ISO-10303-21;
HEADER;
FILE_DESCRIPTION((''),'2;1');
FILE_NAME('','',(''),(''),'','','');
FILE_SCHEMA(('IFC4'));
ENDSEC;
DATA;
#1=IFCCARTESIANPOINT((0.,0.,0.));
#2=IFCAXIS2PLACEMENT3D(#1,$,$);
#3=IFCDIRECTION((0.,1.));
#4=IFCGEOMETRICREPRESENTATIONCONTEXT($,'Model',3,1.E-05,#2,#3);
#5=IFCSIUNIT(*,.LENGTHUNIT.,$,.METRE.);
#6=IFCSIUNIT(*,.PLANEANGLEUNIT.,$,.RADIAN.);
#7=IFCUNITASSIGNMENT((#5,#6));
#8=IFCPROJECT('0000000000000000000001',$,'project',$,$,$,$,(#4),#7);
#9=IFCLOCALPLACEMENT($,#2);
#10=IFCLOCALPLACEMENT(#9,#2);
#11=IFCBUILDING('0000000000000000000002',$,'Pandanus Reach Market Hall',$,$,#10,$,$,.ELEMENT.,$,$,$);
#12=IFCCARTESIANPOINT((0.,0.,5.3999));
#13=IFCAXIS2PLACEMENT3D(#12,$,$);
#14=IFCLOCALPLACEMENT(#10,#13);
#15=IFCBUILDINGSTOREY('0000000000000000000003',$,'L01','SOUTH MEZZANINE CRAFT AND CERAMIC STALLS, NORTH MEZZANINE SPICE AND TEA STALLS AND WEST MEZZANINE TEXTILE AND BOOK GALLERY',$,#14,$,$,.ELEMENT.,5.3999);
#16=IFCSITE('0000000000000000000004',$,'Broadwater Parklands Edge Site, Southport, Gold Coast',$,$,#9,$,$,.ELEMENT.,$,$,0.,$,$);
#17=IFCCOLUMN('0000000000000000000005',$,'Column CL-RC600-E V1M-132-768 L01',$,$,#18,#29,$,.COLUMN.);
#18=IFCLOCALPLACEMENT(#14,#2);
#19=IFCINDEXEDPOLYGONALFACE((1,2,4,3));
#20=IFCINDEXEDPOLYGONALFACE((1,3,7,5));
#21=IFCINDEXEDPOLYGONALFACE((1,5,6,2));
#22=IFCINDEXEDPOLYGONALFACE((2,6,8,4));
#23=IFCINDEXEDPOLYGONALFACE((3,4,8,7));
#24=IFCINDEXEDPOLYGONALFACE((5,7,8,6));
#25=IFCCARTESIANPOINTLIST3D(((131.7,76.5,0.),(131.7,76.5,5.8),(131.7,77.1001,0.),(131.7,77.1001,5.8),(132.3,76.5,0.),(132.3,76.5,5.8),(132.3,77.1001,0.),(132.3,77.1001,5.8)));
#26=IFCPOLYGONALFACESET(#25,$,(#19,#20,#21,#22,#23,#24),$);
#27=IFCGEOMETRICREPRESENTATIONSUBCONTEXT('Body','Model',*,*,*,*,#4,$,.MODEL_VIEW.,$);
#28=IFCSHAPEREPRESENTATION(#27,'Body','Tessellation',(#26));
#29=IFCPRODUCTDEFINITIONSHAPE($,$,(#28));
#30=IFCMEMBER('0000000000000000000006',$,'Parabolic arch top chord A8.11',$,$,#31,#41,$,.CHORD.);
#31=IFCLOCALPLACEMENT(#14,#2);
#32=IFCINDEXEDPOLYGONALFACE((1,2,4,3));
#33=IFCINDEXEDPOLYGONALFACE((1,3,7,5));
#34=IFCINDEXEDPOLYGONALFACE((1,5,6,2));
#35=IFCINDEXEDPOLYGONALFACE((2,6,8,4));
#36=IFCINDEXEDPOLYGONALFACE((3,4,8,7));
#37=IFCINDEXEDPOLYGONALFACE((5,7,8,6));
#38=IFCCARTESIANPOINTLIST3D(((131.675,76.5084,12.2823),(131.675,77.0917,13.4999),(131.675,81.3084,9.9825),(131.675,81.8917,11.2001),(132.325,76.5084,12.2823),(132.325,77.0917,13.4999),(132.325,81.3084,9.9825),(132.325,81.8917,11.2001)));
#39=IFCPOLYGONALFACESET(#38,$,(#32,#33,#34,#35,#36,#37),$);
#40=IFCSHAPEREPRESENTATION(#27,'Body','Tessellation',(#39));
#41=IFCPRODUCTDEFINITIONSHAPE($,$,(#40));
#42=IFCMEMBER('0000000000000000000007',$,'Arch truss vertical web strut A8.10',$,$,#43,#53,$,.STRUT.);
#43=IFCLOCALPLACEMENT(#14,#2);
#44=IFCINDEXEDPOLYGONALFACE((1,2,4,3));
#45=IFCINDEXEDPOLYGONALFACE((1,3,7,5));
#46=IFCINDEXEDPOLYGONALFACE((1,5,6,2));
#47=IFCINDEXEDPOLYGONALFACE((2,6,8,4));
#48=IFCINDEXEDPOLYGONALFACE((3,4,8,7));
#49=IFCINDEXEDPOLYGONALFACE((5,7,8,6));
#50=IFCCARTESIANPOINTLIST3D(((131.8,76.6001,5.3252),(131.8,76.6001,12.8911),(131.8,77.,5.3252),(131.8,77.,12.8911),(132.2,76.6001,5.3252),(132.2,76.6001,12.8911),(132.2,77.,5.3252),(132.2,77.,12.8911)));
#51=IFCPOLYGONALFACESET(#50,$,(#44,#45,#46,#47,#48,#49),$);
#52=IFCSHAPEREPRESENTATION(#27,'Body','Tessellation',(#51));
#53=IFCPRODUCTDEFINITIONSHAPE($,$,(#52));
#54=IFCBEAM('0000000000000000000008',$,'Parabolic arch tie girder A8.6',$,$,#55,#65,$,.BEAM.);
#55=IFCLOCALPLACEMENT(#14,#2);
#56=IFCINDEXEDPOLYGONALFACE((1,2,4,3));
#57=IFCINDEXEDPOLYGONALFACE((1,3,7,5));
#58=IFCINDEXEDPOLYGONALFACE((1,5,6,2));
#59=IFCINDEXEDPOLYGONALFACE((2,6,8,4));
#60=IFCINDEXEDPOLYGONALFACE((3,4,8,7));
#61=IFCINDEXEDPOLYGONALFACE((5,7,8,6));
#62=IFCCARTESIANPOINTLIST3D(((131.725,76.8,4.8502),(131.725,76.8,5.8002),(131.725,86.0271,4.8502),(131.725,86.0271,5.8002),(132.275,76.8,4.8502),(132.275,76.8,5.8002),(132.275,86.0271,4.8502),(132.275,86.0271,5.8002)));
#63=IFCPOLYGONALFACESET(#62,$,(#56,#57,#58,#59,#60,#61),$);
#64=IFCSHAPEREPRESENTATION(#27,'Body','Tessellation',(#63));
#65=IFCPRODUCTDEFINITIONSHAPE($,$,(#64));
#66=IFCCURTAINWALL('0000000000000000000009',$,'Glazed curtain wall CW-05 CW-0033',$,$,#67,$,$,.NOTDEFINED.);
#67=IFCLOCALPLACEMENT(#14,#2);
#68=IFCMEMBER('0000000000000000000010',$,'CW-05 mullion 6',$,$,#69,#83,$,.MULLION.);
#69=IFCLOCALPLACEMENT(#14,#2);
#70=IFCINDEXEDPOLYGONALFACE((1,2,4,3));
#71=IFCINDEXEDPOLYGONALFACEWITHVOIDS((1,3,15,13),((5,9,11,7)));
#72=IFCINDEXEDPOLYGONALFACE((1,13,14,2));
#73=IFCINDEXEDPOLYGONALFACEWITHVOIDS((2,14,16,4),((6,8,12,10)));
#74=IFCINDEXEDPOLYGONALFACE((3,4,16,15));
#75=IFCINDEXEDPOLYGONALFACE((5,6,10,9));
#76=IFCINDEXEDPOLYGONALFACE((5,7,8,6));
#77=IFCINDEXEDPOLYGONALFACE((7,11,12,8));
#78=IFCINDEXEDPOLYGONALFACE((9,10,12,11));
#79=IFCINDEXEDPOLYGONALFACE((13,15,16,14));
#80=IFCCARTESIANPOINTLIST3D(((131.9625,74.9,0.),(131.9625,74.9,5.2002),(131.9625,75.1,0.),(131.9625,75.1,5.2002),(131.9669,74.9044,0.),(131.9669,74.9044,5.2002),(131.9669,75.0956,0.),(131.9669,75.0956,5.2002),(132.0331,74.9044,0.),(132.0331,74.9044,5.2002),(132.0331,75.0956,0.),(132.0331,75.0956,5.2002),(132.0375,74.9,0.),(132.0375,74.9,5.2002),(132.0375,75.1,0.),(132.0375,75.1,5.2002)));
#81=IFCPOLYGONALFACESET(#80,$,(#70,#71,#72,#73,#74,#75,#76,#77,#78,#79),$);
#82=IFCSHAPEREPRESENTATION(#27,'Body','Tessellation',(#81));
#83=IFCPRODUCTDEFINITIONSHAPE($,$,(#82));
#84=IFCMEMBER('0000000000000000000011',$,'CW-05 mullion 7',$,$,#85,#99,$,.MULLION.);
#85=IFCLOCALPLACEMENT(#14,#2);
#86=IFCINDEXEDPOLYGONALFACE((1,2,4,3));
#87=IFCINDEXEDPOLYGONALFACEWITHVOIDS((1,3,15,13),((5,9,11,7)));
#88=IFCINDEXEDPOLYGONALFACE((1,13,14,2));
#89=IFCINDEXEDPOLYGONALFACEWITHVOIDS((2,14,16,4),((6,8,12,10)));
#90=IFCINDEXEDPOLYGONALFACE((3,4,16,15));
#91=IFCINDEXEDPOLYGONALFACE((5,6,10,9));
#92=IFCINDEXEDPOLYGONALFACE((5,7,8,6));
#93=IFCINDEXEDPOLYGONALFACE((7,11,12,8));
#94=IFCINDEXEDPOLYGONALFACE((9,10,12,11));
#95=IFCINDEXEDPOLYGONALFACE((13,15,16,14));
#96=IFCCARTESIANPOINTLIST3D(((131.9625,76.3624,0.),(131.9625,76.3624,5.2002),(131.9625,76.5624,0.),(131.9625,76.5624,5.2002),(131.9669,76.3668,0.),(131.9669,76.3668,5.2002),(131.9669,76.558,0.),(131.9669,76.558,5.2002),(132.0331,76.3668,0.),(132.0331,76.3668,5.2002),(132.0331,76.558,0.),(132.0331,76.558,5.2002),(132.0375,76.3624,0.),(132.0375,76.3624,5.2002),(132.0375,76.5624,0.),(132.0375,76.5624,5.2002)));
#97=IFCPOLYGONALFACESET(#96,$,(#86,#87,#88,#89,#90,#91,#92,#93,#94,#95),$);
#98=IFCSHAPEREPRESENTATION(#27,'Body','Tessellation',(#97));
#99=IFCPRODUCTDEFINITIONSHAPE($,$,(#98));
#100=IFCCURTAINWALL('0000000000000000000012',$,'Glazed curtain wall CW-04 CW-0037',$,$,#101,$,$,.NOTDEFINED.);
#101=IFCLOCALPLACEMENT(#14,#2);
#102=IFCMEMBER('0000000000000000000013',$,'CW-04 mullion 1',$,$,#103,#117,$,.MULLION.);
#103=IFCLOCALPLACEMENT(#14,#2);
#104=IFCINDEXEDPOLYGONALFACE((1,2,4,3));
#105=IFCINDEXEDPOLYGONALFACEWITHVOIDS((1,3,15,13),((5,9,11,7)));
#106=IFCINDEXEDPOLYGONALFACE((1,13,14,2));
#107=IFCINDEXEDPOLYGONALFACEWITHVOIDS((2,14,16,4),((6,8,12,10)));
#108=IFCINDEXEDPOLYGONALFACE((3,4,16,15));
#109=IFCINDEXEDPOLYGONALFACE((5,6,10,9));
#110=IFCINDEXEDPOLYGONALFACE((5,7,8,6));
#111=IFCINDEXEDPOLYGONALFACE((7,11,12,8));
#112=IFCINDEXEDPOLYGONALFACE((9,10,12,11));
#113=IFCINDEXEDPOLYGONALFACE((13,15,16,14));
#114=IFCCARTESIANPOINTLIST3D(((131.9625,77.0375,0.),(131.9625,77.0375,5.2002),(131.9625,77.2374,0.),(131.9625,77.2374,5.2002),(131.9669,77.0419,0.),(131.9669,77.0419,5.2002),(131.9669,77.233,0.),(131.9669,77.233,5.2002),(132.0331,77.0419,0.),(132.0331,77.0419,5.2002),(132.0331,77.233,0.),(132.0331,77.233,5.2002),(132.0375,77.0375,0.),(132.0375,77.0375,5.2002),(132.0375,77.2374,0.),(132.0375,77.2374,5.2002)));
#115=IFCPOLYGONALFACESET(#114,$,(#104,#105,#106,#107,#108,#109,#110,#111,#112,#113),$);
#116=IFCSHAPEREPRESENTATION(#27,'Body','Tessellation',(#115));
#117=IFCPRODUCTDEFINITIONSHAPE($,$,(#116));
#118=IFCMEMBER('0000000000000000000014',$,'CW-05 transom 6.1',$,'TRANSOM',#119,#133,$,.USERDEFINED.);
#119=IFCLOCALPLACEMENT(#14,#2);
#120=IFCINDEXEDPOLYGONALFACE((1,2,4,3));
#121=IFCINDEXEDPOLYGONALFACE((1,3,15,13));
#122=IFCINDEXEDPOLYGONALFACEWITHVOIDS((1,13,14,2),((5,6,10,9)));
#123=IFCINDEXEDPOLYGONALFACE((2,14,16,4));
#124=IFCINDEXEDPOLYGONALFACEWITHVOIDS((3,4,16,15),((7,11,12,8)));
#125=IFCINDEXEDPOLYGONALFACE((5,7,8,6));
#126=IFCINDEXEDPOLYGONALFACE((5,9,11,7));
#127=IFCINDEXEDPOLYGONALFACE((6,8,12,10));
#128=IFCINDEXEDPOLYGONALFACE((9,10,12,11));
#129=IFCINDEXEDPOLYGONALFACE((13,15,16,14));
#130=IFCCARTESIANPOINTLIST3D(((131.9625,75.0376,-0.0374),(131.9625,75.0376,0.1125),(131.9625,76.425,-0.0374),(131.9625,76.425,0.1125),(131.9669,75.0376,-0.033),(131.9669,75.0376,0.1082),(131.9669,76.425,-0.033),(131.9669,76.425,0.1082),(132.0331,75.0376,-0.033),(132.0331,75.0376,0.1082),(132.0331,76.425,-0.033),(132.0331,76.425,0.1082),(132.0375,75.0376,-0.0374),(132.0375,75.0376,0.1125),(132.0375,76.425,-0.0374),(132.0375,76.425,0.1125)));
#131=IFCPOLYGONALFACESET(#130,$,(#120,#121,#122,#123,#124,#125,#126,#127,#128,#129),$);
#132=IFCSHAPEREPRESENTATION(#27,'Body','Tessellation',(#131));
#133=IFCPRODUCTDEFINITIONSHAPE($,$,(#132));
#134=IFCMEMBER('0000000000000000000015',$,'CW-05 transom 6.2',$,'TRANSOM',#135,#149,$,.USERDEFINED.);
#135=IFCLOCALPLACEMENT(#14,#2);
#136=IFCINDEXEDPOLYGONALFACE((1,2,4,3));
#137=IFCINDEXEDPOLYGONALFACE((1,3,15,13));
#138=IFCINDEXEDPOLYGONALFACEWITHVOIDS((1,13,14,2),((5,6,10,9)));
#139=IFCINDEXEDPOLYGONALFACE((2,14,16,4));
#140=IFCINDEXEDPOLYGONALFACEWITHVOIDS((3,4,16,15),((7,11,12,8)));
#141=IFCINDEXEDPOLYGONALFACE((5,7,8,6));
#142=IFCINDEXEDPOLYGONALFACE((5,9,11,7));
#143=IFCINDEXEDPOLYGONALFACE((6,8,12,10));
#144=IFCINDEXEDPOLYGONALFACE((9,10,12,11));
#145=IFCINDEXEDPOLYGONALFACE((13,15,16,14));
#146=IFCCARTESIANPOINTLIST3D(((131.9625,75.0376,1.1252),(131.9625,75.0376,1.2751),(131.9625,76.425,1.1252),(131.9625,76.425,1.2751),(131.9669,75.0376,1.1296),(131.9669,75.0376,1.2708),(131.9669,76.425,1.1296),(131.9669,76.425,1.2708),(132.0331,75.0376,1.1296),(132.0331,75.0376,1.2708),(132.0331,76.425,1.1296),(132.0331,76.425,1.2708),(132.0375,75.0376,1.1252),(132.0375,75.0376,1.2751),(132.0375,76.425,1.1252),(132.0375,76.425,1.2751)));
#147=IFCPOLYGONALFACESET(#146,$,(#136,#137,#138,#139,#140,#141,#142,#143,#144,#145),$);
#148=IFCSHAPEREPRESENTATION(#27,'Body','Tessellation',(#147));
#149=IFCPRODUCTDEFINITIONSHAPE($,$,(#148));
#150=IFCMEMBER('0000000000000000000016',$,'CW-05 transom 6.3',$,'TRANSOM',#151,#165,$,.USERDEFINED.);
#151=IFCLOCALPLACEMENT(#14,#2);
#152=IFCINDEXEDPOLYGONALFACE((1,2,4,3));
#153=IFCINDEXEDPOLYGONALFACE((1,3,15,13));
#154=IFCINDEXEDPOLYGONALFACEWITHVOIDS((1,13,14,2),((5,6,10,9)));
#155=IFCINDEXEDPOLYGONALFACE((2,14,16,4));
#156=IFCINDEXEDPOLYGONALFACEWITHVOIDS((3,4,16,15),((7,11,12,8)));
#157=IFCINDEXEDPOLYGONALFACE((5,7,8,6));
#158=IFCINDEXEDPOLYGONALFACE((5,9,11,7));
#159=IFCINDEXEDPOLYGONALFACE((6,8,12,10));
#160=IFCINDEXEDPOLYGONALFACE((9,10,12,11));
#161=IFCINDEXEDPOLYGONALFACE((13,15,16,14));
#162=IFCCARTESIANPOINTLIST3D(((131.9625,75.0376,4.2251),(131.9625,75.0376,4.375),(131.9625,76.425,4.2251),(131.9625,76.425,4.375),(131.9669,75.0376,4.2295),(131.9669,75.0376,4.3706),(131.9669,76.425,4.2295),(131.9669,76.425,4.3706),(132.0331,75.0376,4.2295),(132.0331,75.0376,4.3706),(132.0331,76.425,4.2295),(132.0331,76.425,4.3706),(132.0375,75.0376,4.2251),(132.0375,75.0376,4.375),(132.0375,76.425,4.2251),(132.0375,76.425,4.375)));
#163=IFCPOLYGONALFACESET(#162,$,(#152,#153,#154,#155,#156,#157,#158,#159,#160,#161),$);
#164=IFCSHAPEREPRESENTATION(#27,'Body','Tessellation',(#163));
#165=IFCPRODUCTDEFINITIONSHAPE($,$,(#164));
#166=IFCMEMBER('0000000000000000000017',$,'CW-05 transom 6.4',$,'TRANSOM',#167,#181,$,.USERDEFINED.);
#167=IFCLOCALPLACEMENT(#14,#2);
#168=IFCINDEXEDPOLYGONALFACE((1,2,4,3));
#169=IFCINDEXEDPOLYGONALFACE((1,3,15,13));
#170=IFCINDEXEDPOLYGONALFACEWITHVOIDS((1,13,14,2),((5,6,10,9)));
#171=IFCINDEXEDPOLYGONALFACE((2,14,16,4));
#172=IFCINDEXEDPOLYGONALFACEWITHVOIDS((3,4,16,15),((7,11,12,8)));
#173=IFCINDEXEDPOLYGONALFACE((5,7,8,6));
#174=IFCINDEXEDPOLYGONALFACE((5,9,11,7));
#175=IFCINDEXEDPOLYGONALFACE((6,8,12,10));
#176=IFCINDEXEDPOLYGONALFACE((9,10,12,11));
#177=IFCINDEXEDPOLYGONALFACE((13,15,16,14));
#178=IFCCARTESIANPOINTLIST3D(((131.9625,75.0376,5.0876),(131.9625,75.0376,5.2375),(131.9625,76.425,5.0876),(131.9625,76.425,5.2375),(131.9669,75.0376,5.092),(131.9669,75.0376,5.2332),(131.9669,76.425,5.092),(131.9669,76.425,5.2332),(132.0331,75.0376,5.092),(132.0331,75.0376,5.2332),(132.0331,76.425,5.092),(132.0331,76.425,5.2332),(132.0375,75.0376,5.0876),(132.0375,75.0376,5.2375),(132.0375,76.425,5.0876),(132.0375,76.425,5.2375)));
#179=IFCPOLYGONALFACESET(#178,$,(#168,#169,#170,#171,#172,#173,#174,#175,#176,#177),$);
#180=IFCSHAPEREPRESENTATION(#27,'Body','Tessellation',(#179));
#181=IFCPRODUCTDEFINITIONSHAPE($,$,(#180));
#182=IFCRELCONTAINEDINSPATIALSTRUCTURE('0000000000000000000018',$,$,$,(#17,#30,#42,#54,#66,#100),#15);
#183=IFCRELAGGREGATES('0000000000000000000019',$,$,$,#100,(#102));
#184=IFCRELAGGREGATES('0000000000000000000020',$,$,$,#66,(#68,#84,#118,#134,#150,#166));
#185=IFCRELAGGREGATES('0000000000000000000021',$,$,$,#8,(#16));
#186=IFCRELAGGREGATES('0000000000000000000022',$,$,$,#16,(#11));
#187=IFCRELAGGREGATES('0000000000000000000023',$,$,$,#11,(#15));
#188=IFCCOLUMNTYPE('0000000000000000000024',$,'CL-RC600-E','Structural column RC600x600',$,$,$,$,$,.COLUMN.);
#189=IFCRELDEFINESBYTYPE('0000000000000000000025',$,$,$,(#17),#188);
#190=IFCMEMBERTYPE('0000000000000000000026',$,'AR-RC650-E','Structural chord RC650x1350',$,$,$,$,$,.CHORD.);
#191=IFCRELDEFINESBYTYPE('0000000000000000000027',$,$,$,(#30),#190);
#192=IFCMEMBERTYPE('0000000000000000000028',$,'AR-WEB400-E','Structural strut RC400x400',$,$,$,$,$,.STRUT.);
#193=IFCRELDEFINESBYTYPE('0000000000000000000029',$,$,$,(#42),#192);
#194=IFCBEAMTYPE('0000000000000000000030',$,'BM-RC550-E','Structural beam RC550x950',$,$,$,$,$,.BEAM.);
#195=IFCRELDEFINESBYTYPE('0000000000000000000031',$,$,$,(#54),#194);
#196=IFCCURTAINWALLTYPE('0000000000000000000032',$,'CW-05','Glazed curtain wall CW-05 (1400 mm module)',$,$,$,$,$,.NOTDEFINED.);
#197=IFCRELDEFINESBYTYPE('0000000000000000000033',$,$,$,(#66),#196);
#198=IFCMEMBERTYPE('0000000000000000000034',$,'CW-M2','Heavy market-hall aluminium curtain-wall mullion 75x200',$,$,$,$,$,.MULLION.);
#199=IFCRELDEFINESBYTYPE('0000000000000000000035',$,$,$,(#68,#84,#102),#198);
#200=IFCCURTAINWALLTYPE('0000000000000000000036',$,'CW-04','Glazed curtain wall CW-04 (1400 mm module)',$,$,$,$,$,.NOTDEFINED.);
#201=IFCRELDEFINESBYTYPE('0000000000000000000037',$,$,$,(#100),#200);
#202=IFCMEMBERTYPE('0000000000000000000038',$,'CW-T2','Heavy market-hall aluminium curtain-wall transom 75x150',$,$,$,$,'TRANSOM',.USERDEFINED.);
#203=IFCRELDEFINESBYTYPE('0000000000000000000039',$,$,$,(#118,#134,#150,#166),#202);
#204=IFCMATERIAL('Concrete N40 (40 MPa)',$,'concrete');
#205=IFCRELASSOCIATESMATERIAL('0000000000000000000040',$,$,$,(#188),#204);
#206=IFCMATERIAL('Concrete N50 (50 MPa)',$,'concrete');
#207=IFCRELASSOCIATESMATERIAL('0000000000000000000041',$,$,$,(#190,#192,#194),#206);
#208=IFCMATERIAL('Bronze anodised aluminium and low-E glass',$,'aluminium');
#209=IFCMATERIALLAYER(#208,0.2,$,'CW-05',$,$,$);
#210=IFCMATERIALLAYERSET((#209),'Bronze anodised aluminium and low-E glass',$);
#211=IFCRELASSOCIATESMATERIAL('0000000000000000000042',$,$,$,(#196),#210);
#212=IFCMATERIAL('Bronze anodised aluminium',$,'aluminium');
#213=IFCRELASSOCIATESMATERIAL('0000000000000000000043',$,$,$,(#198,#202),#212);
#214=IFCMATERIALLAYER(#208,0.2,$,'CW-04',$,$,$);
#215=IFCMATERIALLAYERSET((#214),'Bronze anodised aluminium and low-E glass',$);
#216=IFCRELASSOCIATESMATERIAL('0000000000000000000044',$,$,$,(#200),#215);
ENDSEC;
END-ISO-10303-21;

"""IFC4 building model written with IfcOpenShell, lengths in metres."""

from ifc_helpers import new_model, si_unit, direction, frame, origin, origin_2d, place, context, subcontext, project, spatial, rectangle, hollow_rectangle, extrude, material, layer, layer_set, material_profile, profile_set, type_object, element, aggregate, save


model = new_model("IFC4")

# Units and contexts
model_context = context("Model", 3, precision=1e-05, world=origin(), true_north=direction((0.0, 1.0)))
body_context = subcontext(model_context, "Body", "Model", "MODEL_VIEW")
ifc_project = project(units=[si_unit("LENGTHUNIT", "METRE"), si_unit("PLANEANGLEUNIT", "RADIAN")], contexts=[model_context])

# Site, building, storey
site_placement = place(None, origin())
site = spatial("IfcSite", under=ifc_project, at=site_placement, Name="Broadwater Parklands Edge Site, Southport, Gold Coast", CompositionType="ELEMENT", RefElevation=0.0)
building_placement = place(site_placement, origin())
building = spatial("IfcBuilding", under=site, at=building_placement, Name="Pandanus Reach Market Hall", CompositionType="ELEMENT")
storey_placement = place(building_placement, frame((0.0, 0.0, 5.3999)))
storey = spatial("IfcBuildingStorey", under=building, at=storey_placement, Name="L01", Description="SOUTH MEZZANINE CRAFT AND CERAMIC STALLS, NORTH MEZZANINE SPICE AND TEA STALLS AND WEST MEZZANINE TEXTILE AND BOOK GALLERY", CompositionType="ELEMENT", Elevation=5.3999)

# Column
ifc_material_1 = material(Name="Concrete N40 (40 MPa)", Category="concrete")
ifc_material_profile_1 = material_profile(ifc_material_1, rectangle(XDim=0.6001, YDim=0.6001, at=origin_2d()), Name="RC600x600", Category="LoadBearing")
ifc_profile_set_1 = profile_set([ifc_material_profile_1], Name="Concrete N40 (40 MPa)")
column_type = type_object("IfcColumnType", Name="CL-RC600-E", Description="Structural column RC600x600", PredefinedType="COLUMN", material=ifc_profile_set_1)
column_placement = place(storey_placement, frame((132.0, 76.8, 0.0), z_axis=(0.0, 0.0, 1.0), x_axis=(1.0, 0.0, 0.0)))
element("IfcColumn", 1, at=column_placement, inside=storey, type_object=column_type, Name="Column CL-RC600-E V1M-132-768 L01", PredefinedType="COLUMN", context=body_context, shape_type="SweptSolid", body=[
    extrude(rectangle(XDim=0.6001, YDim=0.6001, at=origin_2d()), origin(), (0.0, 0.0, 1.0), 5.8),
])

# Members
ifc_material_2 = material(Name="Concrete N50 (50 MPa)", Category="concrete")
ifc_material_profile_2 = material_profile(ifc_material_2, rectangle(XDim=0.6499, YDim=1.3501, at=origin_2d()), Name="RC650x1350", Category="LoadBearing")
ifc_profile_set_2 = profile_set([ifc_material_profile_2], Name="Concrete N50 (50 MPa)")
member_type_1 = type_object("IfcMemberType", Name="AR-RC650-E", Description="Structural chord RC650x1350", PredefinedType="CHORD", material=ifc_profile_set_2)
member_1_placement = place(storey_placement, frame((132.0, 76.8, 12.8911), z_axis=(0.0, 0.901832, -0.432087), x_axis=(-1.0, 0.0, 0.0)))
element("IfcMember", 2, at=member_1_placement, inside=storey, type_object=member_type_1, Name="Parabolic arch top chord A8.11", PredefinedType="CHORD", context=body_context, shape_type="SweptSolid", body=[
    extrude(rectangle(XDim=0.6499, YDim=1.3501, at=origin_2d()), origin(), (0.0, 0.0, 1.0), 5.3225),
])
ifc_material_profile_3 = material_profile(ifc_material_2, rectangle(XDim=0.3999, YDim=0.3999, at=origin_2d()), Name="RC400x400", Category="LoadBearing")
ifc_profile_set_3 = profile_set([ifc_material_profile_3], Name="Concrete N50 (50 MPa)")
member_type_2 = type_object("IfcMemberType", Name="AR-WEB400-E", Description="Structural strut RC400x400", PredefinedType="STRUT", material=ifc_profile_set_3)
member_2_placement = place(storey_placement, frame((132.0, 76.8, 5.3252), z_axis=(0.0, 0.0, 1.0), x_axis=(1.0, 0.0, 0.0)))
element("IfcMember", 3, at=member_2_placement, inside=storey, type_object=member_type_2, Name="Arch truss vertical web strut A8.10", PredefinedType="STRUT", context=body_context, shape_type="SweptSolid", body=[
    extrude(rectangle(XDim=0.3999, YDim=0.3999, at=origin_2d()), origin(), (0.0, 0.0, 1.0), 7.5659),
])

# Beam
ifc_material_profile_4 = material_profile(ifc_material_2, rectangle(XDim=0.55, YDim=0.95, at=origin_2d()), Name="RC550x950", Category="LoadBearing")
ifc_profile_set_4 = profile_set([ifc_material_profile_4], Name="Concrete N50 (50 MPa)")
beam_type = type_object("IfcBeamType", Name="BM-RC550-E", Description="Structural beam RC550x950", PredefinedType="BEAM", material=ifc_profile_set_4)
beam_placement = place(storey_placement, frame((132.0, 76.8, 5.3252), z_axis=(0.0, 1.0, 0.0), x_axis=(-1.0, 0.0, 0.0)))
element("IfcBeam", 4, at=beam_placement, inside=storey, type_object=beam_type, Name="Parabolic arch tie girder A8.6", PredefinedType="BEAM", context=body_context, shape_type="SweptSolid", body=[
    extrude(rectangle(XDim=0.55, YDim=0.95, at=origin_2d()), origin(), (0.0, 0.0, 1.0), 9.2271),
])

# Curtain wall, members
ifc_material_3 = material(Name="Bronze anodised aluminium and low-E glass", Category="aluminium")
ifc_layer_1 = layer(ifc_material_3, 0.2, Name="CW-05")
ifc_layer_set_1 = layer_set([ifc_layer_1], Name="Bronze anodised aluminium and low-E glass")
curtain_wall_type_1 = type_object("IfcCurtainWallType", Name="CW-05", Description="Glazed curtain wall CW-05 (1400 mm module)", PredefinedType="NOTDEFINED", material=ifc_layer_set_1)
curtain_wall_1_placement = place(storey_placement, origin())
curtain_wall_1 = element("IfcCurtainWall", 5, at=curtain_wall_1_placement, inside=storey, type_object=curtain_wall_type_1, Name="Glazed curtain wall CW-05 CW-0033", PredefinedType="NOTDEFINED")
ifc_material_4 = material(Name="Bronze anodised aluminium", Category="aluminium")
ifc_material_profile_5 = material_profile(ifc_material_4, hollow_rectangle(XDim=0.075, YDim=0.2, WallThickness=0.0044, at=origin_2d()), Name="ALU75x200", Category="LoadBearing")
ifc_profile_set_5 = profile_set([ifc_material_profile_5], Name="Bronze anodised aluminium")
member_type_3 = type_object("IfcMemberType", Name="CW-M2", Description="Heavy market-hall aluminium curtain-wall mullion 75x200", PredefinedType="MULLION", material=ifc_profile_set_5)
member_3_placement = place(storey_placement, frame((132.0, 75.0, 0.0), z_axis=(0.0, 0.0, 1.0), x_axis=(-1.0, 0.0, 0.0)))
member_3 = element("IfcMember", 6, at=member_3_placement, type_object=member_type_3, Name="CW-05 mullion 6", PredefinedType="MULLION", context=body_context, shape_type="SweptSolid", body=[
    extrude(hollow_rectangle(XDim=0.075, YDim=0.2, WallThickness=0.0044, at=origin_2d()), origin(), (0.0, 0.0, 1.0), 5.2002),
])
member_4_placement = place(storey_placement, frame((132.0, 76.4624, 0.0), z_axis=(0.0, 0.0, 1.0), x_axis=(-1.0, 0.0, 0.0)))
member_4 = element("IfcMember", 7, at=member_4_placement, type_object=member_type_3, Name="CW-05 mullion 7", PredefinedType="MULLION", context=body_context, shape_type="SweptSolid", body=[
    extrude(hollow_rectangle(XDim=0.075, YDim=0.2, WallThickness=0.0044, at=origin_2d()), origin(), (0.0, 0.0, 1.0), 5.2002),
])

# Curtain wall, member
ifc_layer_2 = layer(ifc_material_3, 0.2, Name="CW-04")
ifc_layer_set_2 = layer_set([ifc_layer_2], Name="Bronze anodised aluminium and low-E glass")
curtain_wall_type_2 = type_object("IfcCurtainWallType", Name="CW-04", Description="Glazed curtain wall CW-04 (1400 mm module)", PredefinedType="NOTDEFINED", material=ifc_layer_set_2)
curtain_wall_2_placement = place(storey_placement, origin())
curtain_wall_2 = element("IfcCurtainWall", 8, at=curtain_wall_2_placement, inside=storey, type_object=curtain_wall_type_2, Name="Glazed curtain wall CW-04 CW-0037", PredefinedType="NOTDEFINED")
member_5_placement = place(storey_placement, frame((132.0, 77.1375, 0.0), z_axis=(0.0, 0.0, 1.0), x_axis=(-1.0, 0.0, 0.0)))
member_5 = element("IfcMember", 9, at=member_5_placement, type_object=member_type_3, Name="CW-04 mullion 1", PredefinedType="MULLION", context=body_context, shape_type="SweptSolid", body=[
    extrude(hollow_rectangle(XDim=0.075, YDim=0.2, WallThickness=0.0044, at=origin_2d()), origin(), (0.0, 0.0, 1.0), 5.2002),
])

# Members
ifc_material_profile_6 = material_profile(ifc_material_4, hollow_rectangle(XDim=0.075, YDim=0.1499, WallThickness=0.0044, at=origin_2d()), Name="ALU75x150", Category="LoadBearing")
ifc_profile_set_6 = profile_set([ifc_material_profile_6], Name="Bronze anodised aluminium")
member_type_4 = type_object("IfcMemberType", Name="CW-T2", Description="Heavy market-hall aluminium curtain-wall transom 75x150", ElementType="TRANSOM", PredefinedType="USERDEFINED", material=ifc_profile_set_6)
member_6_placement = place(storey_placement, frame((132.0, 75.0376, 0.0376), z_axis=(0.0, 1.0, 0.0), x_axis=(-1.0, 0.0, 0.0)))
member_6 = element("IfcMember", 10, at=member_6_placement, type_object=member_type_4, Name="CW-05 transom 6.1", ObjectType="TRANSOM", PredefinedType="USERDEFINED", context=body_context, shape_type="SweptSolid", body=[
    extrude(hollow_rectangle(XDim=0.075, YDim=0.1499, WallThickness=0.0044, at=origin_2d()), origin(), (0.0, 0.0, 1.0), 1.3875),
])
member_7_placement = place(storey_placement, frame((132.0, 75.0376, 1.2002), z_axis=(0.0, 1.0, 0.0), x_axis=(-1.0, 0.0, 0.0)))
member_7 = element("IfcMember", 11, at=member_7_placement, type_object=member_type_4, Name="CW-05 transom 6.2", ObjectType="TRANSOM", PredefinedType="USERDEFINED", context=body_context, shape_type="SweptSolid", body=[
    extrude(hollow_rectangle(XDim=0.075, YDim=0.1499, WallThickness=0.0044, at=origin_2d()), origin(), (0.0, 0.0, 1.0), 1.3875),
])
member_8_placement = place(storey_placement, frame((132.0, 75.0376, 4.3), z_axis=(0.0, 1.0, 0.0), x_axis=(-1.0, 0.0, 0.0)))
member_8 = element("IfcMember", 12, at=member_8_placement, type_object=member_type_4, Name="CW-05 transom 6.3", ObjectType="TRANSOM", PredefinedType="USERDEFINED", context=body_context, shape_type="SweptSolid", body=[
    extrude(hollow_rectangle(XDim=0.075, YDim=0.1499, WallThickness=0.0044, at=origin_2d()), origin(), (0.0, 0.0, 1.0), 1.3875),
])
member_9_placement = place(storey_placement, frame((132.0, 75.0376, 5.1626), z_axis=(0.0, 1.0, 0.0), x_axis=(-1.0, 0.0, 0.0)))
member_9 = element("IfcMember", 13, at=member_9_placement, type_object=member_type_4, Name="CW-05 transom 6.4", ObjectType="TRANSOM", PredefinedType="USERDEFINED", context=body_context, shape_type="SweptSolid", body=[
    extrude(hollow_rectangle(XDim=0.075, YDim=0.1499, WallThickness=0.0044, at=origin_2d()), origin(), (0.0, 0.0, 1.0), 1.3875),
])
aggregate(curtain_wall_2, [member_5])

aggregate(curtain_wall_1, [member_3, member_4, member_6, member_7, member_8, member_9])

save(model, "model.ifc")
